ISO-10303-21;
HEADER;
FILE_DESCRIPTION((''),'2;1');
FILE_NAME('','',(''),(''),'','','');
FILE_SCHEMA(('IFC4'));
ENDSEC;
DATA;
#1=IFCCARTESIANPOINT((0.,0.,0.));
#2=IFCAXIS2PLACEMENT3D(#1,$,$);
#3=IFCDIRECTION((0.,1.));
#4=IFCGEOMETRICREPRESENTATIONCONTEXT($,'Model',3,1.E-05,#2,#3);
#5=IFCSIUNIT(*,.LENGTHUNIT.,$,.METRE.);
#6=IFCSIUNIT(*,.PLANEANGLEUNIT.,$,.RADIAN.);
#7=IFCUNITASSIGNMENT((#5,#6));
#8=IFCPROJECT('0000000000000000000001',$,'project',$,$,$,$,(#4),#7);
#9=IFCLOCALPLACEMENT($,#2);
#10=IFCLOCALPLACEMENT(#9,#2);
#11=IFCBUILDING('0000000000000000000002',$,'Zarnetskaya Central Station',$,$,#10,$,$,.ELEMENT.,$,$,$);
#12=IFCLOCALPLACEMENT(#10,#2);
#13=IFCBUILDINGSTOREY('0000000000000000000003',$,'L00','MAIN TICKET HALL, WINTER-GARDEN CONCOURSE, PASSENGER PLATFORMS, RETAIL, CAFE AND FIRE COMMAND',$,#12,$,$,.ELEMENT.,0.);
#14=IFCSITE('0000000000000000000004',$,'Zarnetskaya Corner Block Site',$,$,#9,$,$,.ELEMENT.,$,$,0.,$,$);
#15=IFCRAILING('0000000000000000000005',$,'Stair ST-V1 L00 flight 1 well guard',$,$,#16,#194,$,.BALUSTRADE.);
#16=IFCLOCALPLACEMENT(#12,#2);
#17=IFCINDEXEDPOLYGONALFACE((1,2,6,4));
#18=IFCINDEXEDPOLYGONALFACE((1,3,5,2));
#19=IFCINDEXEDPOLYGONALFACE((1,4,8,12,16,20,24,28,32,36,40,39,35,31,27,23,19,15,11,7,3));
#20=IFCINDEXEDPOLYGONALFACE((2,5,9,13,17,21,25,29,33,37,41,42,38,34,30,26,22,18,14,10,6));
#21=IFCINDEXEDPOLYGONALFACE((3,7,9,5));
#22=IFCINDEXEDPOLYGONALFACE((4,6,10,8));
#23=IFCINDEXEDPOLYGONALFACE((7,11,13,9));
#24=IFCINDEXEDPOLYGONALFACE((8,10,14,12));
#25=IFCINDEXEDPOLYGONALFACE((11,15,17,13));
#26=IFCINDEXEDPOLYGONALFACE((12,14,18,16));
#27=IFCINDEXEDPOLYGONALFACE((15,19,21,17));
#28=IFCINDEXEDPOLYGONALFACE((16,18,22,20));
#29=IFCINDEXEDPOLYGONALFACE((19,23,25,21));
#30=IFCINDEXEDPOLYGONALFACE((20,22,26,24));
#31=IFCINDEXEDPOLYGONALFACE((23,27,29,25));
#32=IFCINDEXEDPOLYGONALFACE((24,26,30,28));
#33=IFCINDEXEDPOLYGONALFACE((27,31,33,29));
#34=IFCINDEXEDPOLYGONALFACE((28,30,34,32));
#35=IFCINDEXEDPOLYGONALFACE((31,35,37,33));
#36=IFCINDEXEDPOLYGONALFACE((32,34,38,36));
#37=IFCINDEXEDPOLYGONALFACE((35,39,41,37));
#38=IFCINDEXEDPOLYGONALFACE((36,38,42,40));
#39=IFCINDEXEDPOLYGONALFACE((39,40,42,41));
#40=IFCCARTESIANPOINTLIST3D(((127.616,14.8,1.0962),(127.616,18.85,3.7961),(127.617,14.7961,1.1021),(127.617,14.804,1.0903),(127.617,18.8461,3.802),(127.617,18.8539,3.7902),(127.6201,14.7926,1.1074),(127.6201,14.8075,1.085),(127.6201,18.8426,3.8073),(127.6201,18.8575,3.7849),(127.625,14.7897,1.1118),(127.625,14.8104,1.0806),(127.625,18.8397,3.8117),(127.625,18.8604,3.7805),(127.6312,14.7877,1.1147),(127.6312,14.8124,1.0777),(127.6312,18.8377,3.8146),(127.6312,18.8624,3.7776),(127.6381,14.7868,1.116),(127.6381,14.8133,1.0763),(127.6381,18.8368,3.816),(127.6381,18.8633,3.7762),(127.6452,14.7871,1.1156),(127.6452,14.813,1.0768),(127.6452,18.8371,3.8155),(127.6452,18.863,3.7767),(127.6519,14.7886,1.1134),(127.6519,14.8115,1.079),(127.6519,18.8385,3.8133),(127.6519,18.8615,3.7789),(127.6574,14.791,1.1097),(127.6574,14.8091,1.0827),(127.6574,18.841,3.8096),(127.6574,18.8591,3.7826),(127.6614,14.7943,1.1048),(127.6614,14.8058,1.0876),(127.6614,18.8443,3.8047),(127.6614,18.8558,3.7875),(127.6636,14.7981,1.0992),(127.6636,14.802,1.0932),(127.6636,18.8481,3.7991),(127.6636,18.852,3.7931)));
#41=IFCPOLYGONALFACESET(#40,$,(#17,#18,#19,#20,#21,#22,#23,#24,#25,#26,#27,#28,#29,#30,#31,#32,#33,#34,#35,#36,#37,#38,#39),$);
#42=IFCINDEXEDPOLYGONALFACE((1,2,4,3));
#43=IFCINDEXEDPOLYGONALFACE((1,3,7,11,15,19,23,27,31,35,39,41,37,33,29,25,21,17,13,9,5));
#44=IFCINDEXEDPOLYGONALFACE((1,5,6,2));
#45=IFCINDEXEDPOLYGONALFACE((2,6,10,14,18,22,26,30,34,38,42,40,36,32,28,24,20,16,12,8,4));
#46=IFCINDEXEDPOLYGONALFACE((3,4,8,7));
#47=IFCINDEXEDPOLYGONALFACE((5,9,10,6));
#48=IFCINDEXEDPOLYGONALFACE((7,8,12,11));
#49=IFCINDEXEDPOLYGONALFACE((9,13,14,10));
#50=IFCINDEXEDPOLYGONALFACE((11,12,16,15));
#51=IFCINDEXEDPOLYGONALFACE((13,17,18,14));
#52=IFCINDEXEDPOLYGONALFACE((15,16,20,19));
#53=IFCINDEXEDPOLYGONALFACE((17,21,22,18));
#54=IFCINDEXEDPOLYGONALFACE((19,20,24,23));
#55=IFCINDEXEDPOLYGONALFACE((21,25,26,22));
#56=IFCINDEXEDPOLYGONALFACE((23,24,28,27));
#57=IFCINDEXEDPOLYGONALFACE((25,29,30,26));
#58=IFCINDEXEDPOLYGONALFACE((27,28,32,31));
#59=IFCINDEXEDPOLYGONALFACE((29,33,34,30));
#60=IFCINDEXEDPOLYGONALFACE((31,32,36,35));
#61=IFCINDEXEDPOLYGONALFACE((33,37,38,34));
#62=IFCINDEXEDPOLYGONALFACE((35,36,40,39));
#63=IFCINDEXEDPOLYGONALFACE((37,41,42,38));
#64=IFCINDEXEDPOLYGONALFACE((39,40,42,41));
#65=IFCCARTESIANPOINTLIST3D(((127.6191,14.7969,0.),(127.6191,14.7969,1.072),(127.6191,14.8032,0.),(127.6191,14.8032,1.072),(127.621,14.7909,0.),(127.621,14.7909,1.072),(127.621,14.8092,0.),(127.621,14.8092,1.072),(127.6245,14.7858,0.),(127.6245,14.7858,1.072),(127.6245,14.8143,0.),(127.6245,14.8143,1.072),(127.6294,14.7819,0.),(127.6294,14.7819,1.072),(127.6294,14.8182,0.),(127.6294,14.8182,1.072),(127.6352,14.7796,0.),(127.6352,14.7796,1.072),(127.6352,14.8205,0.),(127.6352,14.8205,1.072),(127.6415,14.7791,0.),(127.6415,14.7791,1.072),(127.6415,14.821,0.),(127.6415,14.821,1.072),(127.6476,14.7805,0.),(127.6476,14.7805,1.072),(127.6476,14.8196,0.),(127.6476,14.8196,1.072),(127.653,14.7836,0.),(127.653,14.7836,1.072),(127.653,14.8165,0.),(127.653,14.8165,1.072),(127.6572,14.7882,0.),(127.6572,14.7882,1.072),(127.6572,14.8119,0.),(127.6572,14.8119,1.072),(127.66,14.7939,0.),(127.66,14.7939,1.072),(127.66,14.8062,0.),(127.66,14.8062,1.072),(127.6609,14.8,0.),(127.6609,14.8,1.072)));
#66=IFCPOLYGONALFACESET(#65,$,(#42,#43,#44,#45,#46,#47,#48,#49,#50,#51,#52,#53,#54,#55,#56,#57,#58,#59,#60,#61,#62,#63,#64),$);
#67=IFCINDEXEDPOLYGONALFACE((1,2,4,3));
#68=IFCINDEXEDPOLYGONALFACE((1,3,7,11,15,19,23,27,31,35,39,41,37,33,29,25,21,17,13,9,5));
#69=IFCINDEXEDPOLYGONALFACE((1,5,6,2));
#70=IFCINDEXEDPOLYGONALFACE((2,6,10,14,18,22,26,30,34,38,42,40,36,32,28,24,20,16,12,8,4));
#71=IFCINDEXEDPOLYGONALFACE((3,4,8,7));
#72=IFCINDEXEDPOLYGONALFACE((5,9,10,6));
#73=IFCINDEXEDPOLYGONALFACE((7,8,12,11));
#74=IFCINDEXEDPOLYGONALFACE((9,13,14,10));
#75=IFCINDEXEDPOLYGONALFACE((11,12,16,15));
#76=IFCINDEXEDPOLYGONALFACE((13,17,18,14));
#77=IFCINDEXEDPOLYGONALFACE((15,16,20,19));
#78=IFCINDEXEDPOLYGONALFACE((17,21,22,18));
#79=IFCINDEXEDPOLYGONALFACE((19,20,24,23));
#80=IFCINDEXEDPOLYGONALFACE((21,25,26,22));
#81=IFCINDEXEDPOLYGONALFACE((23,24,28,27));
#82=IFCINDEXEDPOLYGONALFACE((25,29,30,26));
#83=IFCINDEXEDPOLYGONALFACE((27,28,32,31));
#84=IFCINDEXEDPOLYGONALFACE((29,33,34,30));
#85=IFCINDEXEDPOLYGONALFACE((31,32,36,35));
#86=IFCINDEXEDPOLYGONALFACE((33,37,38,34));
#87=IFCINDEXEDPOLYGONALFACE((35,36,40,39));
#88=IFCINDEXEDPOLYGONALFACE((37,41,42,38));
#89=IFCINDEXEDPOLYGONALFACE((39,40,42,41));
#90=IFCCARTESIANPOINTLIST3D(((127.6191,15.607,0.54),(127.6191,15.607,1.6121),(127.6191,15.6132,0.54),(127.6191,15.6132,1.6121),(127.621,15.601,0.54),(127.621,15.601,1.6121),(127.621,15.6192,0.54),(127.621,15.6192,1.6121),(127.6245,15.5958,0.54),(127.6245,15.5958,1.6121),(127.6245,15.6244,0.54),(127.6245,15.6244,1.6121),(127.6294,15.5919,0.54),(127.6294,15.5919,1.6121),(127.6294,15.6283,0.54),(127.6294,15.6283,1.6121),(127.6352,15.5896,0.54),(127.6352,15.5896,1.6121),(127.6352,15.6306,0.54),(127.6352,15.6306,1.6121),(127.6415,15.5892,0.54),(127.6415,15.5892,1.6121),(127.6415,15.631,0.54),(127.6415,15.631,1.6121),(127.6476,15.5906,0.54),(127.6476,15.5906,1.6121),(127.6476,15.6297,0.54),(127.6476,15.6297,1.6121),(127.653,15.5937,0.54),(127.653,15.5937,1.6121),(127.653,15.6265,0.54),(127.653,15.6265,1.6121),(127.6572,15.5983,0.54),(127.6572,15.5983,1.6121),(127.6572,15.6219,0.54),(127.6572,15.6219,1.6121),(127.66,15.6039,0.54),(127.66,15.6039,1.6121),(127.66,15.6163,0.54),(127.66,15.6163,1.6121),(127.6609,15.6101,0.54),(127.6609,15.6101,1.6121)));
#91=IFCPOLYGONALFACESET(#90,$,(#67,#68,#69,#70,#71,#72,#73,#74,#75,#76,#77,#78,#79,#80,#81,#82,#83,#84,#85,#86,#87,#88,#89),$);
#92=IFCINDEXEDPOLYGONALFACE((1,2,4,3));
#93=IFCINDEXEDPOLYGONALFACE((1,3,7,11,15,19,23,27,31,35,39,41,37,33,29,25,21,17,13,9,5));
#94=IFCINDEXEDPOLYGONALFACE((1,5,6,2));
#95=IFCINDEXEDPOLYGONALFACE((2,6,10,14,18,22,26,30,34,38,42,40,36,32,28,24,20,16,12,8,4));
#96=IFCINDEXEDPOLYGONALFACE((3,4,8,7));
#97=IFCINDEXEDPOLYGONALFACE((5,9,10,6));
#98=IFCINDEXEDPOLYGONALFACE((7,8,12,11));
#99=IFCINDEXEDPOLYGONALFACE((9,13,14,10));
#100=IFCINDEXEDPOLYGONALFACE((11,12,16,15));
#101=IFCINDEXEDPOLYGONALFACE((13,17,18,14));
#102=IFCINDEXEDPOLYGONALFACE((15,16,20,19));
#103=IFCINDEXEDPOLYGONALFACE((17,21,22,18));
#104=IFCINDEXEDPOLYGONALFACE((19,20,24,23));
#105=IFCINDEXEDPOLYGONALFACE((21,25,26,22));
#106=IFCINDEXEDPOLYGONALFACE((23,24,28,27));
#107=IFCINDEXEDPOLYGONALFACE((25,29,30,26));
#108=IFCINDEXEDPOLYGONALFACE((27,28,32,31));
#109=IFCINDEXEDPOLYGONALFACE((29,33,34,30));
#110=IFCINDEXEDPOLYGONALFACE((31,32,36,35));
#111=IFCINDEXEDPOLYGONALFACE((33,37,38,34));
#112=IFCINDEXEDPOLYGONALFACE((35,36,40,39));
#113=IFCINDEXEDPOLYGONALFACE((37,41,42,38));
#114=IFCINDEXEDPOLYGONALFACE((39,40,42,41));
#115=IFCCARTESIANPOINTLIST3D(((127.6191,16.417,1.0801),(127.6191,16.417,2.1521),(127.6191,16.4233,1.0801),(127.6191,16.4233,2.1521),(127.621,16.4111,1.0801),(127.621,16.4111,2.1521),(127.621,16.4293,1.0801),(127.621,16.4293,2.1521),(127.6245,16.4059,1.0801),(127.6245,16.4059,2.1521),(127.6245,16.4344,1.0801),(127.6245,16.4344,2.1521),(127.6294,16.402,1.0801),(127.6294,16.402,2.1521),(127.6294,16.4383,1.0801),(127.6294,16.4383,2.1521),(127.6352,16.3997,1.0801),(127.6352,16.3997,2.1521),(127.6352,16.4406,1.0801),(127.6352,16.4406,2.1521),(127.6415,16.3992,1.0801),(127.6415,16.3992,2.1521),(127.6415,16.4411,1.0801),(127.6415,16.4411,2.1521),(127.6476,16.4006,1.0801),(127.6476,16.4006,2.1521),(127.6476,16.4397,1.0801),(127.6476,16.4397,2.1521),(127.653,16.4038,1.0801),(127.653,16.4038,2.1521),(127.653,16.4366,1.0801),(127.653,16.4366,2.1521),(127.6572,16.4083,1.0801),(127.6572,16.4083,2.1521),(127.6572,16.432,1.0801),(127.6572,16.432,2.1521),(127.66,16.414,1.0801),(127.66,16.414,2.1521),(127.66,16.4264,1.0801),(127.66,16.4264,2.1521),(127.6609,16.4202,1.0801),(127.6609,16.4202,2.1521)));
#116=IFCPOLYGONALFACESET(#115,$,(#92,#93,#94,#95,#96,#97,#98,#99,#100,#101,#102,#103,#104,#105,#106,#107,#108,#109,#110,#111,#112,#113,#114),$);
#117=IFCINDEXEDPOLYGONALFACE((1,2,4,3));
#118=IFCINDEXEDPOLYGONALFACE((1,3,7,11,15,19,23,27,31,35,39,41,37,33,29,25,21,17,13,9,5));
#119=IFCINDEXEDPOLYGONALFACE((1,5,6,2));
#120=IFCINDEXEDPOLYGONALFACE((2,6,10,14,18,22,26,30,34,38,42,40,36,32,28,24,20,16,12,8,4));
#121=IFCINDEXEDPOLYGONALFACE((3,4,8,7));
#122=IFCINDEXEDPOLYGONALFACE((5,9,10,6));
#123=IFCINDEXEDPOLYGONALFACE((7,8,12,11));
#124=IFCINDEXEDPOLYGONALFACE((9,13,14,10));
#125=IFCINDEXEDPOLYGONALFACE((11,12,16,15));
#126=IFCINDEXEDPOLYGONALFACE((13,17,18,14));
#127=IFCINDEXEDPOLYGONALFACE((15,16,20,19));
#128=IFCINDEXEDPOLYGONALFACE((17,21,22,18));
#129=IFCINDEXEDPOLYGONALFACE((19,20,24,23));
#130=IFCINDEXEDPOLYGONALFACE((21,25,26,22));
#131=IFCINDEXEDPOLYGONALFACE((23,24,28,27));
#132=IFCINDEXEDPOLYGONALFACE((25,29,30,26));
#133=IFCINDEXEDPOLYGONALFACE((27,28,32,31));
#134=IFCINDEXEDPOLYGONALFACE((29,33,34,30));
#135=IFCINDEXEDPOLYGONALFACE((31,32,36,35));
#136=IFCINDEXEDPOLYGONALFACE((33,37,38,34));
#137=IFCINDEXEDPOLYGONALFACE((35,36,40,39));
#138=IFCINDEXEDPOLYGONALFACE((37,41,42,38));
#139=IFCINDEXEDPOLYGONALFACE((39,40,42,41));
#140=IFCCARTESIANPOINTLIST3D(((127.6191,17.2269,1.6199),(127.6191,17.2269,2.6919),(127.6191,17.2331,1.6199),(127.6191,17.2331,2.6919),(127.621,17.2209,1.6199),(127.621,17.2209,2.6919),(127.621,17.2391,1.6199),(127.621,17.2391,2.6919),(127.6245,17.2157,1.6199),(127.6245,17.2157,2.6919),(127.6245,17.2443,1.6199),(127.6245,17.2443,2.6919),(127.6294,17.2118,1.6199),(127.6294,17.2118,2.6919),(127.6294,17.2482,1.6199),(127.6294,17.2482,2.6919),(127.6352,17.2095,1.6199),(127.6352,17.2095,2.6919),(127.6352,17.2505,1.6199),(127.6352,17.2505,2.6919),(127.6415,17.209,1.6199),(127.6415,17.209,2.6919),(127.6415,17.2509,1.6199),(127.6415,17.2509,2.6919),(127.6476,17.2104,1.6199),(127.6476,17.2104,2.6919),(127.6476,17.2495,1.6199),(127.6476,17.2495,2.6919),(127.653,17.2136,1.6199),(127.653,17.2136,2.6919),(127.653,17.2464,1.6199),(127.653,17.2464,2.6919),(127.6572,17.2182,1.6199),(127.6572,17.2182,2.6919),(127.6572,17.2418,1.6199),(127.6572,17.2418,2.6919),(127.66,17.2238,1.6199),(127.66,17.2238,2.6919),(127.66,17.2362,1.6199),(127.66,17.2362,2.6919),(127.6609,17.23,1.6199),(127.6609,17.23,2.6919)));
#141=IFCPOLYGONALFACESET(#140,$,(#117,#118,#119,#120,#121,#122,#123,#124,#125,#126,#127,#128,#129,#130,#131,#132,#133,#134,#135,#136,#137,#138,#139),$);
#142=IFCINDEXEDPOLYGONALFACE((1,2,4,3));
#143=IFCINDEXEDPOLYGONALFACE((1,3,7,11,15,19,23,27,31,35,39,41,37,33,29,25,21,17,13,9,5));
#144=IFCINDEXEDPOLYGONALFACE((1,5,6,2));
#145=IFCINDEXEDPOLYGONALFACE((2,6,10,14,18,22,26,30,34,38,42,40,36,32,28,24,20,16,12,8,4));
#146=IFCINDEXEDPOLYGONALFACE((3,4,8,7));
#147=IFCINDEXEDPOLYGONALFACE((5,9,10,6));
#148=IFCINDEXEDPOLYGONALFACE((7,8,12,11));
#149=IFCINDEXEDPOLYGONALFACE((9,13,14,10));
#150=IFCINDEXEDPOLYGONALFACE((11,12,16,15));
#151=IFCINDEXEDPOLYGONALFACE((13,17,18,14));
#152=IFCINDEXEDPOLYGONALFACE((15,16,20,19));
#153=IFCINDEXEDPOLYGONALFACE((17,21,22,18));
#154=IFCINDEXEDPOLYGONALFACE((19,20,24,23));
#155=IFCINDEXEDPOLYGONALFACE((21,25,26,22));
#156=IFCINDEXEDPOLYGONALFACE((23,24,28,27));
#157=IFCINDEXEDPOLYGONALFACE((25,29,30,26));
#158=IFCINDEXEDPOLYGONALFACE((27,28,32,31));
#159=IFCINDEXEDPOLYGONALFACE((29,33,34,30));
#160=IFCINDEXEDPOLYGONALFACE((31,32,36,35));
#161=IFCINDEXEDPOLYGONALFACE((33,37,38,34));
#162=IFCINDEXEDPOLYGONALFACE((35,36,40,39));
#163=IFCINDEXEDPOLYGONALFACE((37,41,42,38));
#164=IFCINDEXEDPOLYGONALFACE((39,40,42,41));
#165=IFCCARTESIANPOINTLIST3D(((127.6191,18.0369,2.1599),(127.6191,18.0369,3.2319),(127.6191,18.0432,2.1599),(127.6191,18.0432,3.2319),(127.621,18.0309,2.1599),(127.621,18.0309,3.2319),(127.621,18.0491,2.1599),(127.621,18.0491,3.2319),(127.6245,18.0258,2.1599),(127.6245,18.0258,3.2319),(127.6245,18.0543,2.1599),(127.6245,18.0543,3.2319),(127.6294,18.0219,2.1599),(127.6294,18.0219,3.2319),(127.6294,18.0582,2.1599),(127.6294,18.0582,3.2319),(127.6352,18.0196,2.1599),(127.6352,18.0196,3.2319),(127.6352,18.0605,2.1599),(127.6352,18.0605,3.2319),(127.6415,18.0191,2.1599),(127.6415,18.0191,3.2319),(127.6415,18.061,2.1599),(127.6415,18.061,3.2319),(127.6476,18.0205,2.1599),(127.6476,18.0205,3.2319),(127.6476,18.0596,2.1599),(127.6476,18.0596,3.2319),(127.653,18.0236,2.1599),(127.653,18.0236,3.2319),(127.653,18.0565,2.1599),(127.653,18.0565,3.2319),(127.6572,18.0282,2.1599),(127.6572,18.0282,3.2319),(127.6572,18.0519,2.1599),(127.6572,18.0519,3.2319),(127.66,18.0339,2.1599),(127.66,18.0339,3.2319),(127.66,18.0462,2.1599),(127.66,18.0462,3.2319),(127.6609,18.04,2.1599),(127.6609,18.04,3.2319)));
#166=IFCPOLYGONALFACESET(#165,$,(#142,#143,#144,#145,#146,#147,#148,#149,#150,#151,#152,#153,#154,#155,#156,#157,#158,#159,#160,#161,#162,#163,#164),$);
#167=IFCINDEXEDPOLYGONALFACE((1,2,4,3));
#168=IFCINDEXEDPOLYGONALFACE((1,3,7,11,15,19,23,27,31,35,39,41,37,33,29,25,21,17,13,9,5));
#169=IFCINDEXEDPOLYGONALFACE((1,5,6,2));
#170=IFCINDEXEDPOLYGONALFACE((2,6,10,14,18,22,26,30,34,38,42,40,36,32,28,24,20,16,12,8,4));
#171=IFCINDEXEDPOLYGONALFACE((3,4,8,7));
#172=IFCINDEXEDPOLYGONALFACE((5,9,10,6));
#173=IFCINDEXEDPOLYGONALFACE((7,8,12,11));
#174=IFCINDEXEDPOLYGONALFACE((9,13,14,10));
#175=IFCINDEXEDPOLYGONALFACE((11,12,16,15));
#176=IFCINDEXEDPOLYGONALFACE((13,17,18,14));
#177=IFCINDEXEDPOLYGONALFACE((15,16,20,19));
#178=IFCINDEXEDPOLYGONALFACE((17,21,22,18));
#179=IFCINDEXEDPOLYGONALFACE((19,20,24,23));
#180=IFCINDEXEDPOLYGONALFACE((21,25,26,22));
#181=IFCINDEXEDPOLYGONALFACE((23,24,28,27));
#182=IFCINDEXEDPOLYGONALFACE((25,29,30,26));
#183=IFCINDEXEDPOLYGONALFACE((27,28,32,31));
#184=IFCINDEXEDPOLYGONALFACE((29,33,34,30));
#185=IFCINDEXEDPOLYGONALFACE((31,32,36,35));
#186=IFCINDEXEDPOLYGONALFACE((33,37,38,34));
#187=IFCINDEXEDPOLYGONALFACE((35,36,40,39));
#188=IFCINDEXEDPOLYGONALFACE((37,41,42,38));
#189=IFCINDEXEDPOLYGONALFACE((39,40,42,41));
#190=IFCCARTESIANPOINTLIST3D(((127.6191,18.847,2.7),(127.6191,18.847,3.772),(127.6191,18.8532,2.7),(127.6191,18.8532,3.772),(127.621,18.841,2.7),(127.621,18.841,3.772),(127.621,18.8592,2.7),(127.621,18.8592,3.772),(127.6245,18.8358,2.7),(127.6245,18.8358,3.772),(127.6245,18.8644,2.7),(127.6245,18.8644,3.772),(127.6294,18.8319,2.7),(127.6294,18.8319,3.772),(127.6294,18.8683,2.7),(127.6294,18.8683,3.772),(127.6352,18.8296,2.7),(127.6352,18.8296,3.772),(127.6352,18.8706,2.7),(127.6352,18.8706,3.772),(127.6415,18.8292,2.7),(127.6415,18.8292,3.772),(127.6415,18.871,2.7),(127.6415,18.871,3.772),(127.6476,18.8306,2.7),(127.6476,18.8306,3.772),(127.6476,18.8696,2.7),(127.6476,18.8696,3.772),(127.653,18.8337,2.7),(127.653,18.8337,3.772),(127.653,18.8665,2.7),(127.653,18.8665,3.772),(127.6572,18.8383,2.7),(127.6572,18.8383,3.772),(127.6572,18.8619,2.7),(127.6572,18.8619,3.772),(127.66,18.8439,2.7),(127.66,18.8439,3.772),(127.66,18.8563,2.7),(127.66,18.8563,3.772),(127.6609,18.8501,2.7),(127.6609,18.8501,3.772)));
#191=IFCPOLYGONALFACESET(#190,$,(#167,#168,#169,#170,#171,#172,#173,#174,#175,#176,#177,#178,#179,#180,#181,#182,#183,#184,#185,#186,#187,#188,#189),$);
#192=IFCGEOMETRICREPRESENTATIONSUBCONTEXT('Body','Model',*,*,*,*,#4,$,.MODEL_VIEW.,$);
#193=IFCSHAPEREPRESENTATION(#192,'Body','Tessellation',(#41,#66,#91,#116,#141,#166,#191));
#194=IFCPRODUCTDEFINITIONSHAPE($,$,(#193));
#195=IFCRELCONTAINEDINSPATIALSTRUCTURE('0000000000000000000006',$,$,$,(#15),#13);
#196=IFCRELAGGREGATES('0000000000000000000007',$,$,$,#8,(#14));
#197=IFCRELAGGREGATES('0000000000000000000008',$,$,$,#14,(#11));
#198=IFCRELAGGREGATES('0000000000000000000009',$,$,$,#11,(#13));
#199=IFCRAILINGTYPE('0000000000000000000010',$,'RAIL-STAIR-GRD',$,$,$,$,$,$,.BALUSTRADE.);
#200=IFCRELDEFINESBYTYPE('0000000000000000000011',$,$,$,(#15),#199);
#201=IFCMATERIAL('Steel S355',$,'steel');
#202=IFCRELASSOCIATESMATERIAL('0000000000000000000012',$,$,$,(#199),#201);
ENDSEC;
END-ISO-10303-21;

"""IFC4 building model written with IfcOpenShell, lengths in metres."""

from ifc_helpers import new_model, si_unit, direction, frame, origin, origin_2d, place, context, subcontext, project, spatial, circle, extrude, material, type_object, element, save


model = new_model("IFC4")

# Units and contexts
model_context = context("Model", 3, precision=1e-05, world=origin(), true_north=direction((0.0, 1.0)))
body_context = subcontext(model_context, "Body", "Model", "MODEL_VIEW")
ifc_project = project(units=[si_unit("LENGTHUNIT", "METRE"), si_unit("PLANEANGLEUNIT", "RADIAN")], contexts=[model_context])

# Site, building, storey
site_placement = place(None, origin())
site = spatial("IfcSite", under=ifc_project, at=site_placement, Name="Zarnetskaya Corner Block Site", CompositionType="ELEMENT", RefElevation=0.0)
building_placement = place(site_placement, origin())
building = spatial("IfcBuilding", under=site, at=building_placement, Name="Zarnetskaya Central Station", CompositionType="ELEMENT")
storey_placement = place(building_placement, origin())
storey = spatial("IfcBuildingStorey", under=building, at=storey_placement, Name="L00", Description="MAIN TICKET HALL, WINTER-GARDEN CONCOURSE, PASSENGER PLATFORMS, RETAIL, CAFE AND FIRE COMMAND", CompositionType="ELEMENT", Elevation=0.0)

# Shared definitions
ifc_material_1 = material(Name="Steel S355", Category="steel")

# Railing
railing_type_1 = type_object("IfcRailingType", Name="RAIL-STAIR-GRD", PredefinedType="BALUSTRADE", material=ifc_material_1)
railing_1_placement = place(storey_placement, frame((127.6399, 14.8, 0.0)))
element("IfcRailing", 1, at=railing_1_placement, inside=storey, type_object=railing_type_1, Name="Stair ST-V1 L00 flight 1 well guard", PredefinedType="BALUSTRADE", context=body_context, shape_type="SweptSolid", body=[
    extrude(circle(Radius=0.0239, at=origin_2d()), frame((0.0, 0.0, 1.0962), z_axis=(0.0, 0.832058, 0.554689), x_axis=(-1.0, 0.0, 0.0)), (0.0, 0.0, 1.0), 4.8674),
    extrude(circle(Radius=0.021, at=origin_2d()), origin(), (0.0, 0.0, 1.0), 1.072),
    extrude(circle(Radius=0.021, at=origin_2d()), frame((0.0, 0.8101, 0.54)), (0.0, 0.0, 1.0), 1.072),
    extrude(circle(Radius=0.021, at=origin_2d()), frame((0.0, 1.6201, 1.0801)), (0.0, 0.0, 1.0), 1.072),
    extrude(circle(Radius=0.021, at=origin_2d()), frame((0.0, 2.4299, 1.6199)), (0.0, 0.0, 1.0), 1.072),
    extrude(circle(Radius=0.021, at=origin_2d()), frame((0.0, 3.24, 2.1599)), (0.0, 0.0, 1.0), 1.072),
    extrude(circle(Radius=0.021, at=origin_2d()), frame((0.0, 4.05, 2.7)), (0.0, 0.0, 1.0), 1.072),
])

save(model, "model.ifc")
